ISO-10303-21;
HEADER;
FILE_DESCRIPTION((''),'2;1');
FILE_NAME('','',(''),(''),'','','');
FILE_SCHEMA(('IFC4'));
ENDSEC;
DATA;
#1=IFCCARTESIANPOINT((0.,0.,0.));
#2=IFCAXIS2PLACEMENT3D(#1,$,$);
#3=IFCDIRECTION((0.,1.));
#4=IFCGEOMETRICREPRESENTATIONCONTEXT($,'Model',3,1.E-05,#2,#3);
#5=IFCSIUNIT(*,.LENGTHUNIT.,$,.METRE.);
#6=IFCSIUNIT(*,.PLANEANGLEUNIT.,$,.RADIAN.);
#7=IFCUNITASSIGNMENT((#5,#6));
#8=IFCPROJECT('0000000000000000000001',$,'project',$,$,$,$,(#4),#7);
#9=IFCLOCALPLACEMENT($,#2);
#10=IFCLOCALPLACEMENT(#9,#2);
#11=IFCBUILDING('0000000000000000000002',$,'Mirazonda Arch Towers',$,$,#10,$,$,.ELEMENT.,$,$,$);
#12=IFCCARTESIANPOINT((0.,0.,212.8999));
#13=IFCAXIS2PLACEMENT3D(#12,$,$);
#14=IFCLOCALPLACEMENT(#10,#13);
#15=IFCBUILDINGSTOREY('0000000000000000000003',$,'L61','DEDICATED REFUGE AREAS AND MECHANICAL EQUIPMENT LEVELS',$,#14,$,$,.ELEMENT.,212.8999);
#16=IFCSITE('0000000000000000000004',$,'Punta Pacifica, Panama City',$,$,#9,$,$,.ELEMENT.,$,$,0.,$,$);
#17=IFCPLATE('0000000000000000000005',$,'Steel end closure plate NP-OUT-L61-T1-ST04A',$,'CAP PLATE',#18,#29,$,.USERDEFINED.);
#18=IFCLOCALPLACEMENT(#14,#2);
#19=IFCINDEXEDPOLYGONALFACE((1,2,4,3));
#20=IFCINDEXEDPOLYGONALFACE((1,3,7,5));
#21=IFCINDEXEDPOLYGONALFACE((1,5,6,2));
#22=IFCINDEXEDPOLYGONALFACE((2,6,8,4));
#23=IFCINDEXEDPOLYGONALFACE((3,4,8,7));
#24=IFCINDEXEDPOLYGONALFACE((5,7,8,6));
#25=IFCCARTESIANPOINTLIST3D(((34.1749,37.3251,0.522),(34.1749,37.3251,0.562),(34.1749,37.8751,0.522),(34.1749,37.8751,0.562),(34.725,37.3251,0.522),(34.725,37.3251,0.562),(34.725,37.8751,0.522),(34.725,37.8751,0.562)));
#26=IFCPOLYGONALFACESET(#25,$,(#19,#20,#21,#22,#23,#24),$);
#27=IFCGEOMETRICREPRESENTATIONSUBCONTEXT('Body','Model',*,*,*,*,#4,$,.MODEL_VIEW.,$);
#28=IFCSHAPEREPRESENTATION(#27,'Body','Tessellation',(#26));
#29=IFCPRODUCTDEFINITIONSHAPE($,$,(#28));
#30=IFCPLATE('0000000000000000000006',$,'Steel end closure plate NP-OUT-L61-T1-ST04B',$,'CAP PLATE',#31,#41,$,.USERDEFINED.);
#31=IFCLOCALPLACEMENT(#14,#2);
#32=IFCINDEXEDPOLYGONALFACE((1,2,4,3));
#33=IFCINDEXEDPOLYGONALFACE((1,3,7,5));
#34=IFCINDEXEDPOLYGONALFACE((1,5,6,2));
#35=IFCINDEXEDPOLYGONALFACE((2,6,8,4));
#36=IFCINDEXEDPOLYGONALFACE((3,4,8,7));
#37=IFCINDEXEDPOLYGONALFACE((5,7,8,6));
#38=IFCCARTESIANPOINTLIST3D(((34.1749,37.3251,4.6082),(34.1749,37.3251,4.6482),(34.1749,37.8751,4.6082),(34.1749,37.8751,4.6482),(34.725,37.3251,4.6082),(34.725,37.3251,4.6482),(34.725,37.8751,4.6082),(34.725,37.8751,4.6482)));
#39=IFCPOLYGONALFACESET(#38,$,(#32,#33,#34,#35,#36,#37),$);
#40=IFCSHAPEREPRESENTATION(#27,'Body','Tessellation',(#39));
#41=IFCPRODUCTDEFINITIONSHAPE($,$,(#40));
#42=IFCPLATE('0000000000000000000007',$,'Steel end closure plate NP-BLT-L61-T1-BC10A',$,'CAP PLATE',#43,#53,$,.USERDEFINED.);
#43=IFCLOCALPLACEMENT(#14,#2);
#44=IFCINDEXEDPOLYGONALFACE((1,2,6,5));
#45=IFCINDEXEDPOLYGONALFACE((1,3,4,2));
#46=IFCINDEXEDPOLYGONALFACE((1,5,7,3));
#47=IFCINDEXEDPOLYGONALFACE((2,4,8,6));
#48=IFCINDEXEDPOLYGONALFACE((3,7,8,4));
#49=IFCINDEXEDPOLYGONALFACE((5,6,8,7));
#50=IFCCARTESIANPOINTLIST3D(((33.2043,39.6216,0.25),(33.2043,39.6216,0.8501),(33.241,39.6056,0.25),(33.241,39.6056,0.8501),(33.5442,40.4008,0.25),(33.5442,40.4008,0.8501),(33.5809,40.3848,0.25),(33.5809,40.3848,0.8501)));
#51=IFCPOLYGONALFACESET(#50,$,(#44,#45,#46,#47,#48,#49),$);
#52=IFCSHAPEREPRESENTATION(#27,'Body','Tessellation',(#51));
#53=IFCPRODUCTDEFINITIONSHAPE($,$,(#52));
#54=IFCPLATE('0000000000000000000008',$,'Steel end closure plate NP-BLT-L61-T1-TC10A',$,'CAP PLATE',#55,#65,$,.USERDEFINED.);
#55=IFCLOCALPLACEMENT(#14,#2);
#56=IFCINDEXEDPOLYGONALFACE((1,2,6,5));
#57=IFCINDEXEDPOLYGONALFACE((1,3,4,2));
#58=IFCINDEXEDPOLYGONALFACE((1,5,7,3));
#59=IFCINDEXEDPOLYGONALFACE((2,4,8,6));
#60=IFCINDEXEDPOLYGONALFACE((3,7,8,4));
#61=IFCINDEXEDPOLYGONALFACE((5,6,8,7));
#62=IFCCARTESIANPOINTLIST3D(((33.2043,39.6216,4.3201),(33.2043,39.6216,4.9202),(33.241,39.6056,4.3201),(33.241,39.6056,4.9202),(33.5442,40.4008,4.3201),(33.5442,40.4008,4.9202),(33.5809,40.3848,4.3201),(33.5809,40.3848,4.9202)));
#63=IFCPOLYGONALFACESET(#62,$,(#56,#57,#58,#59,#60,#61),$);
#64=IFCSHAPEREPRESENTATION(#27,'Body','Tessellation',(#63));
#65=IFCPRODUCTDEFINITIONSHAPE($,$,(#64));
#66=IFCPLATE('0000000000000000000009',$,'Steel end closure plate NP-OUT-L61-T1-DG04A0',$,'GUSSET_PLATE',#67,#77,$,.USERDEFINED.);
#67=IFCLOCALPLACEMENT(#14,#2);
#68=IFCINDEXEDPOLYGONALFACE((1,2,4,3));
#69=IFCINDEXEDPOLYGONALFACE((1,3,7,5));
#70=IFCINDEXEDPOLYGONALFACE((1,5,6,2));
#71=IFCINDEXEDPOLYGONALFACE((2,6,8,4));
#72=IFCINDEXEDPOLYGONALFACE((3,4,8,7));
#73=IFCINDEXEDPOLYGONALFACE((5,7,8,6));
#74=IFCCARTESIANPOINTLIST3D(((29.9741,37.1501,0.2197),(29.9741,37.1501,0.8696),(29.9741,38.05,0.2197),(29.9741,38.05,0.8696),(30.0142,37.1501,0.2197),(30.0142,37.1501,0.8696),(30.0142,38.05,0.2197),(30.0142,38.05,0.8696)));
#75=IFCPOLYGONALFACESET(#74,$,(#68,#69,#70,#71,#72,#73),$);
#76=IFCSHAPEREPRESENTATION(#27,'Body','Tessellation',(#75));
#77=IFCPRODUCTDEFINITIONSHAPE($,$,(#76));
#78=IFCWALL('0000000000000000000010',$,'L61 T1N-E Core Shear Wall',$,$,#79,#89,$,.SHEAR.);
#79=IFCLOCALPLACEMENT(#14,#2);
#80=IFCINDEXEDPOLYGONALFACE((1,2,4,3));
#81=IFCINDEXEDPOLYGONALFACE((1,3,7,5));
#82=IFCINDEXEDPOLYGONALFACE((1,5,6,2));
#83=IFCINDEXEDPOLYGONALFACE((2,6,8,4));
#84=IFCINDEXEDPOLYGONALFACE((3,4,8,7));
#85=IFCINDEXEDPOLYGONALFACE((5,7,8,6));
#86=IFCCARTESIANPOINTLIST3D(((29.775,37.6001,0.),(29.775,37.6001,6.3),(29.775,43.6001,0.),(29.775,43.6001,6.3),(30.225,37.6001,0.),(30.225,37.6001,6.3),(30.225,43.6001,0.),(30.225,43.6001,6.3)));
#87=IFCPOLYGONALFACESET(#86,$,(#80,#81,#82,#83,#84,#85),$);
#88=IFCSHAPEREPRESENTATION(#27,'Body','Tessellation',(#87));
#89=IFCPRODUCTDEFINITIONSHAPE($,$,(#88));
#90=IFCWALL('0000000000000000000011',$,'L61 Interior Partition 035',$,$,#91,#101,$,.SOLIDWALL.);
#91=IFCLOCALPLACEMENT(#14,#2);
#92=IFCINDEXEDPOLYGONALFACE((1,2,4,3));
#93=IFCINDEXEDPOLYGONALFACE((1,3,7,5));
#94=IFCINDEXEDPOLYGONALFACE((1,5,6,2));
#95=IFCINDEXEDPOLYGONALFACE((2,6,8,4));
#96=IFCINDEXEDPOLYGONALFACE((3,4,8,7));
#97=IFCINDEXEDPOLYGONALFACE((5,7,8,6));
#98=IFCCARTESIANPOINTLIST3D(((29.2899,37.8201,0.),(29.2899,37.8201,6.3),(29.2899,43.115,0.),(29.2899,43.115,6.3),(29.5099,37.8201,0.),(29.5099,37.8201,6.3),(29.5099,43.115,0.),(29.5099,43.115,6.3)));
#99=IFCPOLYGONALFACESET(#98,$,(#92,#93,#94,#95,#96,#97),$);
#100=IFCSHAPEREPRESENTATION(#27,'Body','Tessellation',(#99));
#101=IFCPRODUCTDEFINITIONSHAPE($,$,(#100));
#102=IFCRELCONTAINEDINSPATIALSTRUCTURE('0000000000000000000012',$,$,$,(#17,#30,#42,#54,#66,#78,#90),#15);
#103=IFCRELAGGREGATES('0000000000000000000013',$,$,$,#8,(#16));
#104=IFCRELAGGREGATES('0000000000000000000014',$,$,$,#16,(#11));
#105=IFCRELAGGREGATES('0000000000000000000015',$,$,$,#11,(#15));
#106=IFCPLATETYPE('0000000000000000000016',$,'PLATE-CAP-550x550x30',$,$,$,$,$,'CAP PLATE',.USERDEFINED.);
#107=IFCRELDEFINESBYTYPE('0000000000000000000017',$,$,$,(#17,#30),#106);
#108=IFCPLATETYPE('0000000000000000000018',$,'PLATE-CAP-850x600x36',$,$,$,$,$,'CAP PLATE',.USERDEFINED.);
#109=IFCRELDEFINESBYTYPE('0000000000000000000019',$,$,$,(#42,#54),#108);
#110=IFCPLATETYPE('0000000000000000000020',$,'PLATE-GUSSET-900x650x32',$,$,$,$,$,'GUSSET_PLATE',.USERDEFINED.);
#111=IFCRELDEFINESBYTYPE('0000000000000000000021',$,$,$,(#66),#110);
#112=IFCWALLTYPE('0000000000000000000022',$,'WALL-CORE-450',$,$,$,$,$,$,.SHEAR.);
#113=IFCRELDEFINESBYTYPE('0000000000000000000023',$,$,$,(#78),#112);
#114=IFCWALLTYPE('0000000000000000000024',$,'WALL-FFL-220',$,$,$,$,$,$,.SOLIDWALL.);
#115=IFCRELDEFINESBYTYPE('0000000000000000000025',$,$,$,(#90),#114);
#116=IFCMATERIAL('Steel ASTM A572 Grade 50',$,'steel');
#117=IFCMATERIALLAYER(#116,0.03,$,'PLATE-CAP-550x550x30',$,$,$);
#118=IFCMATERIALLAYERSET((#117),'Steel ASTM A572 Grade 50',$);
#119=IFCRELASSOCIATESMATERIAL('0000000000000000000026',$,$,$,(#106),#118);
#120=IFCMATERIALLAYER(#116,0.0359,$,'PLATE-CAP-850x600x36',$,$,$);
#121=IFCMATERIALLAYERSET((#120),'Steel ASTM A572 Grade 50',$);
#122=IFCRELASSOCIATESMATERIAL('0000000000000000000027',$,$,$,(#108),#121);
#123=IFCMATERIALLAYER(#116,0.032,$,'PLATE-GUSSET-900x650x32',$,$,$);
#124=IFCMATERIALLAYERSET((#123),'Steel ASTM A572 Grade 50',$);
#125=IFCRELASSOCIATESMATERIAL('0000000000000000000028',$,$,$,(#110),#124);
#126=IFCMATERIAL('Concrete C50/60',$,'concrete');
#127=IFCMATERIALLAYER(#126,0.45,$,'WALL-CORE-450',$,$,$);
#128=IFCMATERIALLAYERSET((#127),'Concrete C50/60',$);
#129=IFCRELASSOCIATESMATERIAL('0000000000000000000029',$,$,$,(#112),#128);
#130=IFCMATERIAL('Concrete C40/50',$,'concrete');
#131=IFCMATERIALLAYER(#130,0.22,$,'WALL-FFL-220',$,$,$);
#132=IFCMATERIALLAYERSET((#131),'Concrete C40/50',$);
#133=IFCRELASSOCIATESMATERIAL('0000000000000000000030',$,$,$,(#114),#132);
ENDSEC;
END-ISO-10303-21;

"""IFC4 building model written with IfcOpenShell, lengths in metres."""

from ifc_helpers import new_model, si_unit, direction, frame, frame_2d, origin, origin_2d, place, context, subcontext, project, spatial, rectangle, extrude, material, layer, layer_set, type_object, element, save


model = new_model("IFC4")

# Units and contexts
model_context = context("Model", 3, precision=1e-05, world=origin(), true_north=direction((0.0, 1.0)))
body_context = subcontext(model_context, "Body", "Model", "MODEL_VIEW")
ifc_project = project(units=[si_unit("LENGTHUNIT", "METRE"), si_unit("PLANEANGLEUNIT", "RADIAN")], contexts=[model_context])

# Site, building, storey
site_placement = place(None, origin())
site = spatial("IfcSite", under=ifc_project, at=site_placement, Name="Punta Pacifica, Panama City", CompositionType="ELEMENT", RefElevation=0.0)
building_placement = place(site_placement, origin())
building = spatial("IfcBuilding", under=site, at=building_placement, Name="Mirazonda Arch Towers", CompositionType="ELEMENT")
storey_placement = place(building_placement, frame((0.0, 0.0, 212.8999)))
storey = spatial("IfcBuildingStorey", under=building, at=storey_placement, Name="L61", Description="DEDICATED REFUGE AREAS AND MECHANICAL EQUIPMENT LEVELS", CompositionType="ELEMENT", Elevation=212.8999)

# Shared definitions
ifc_material_1 = material(Name="Concrete C50/60", Category="concrete")

# Shared definitions
ifc_material_2 = material(Name="Steel ASTM A572 Grade 50", Category="steel")

# Plates
ifc_layer_1 = layer(ifc_material_2, 0.03, Name="PLATE-CAP-550x550x30")
ifc_layer_set_1 = layer_set([ifc_layer_1], Name="Steel ASTM A572 Grade 50")
plate_type_1 = type_object("IfcPlateType", Name="PLATE-CAP-550x550x30", ElementType="CAP PLATE", PredefinedType="USERDEFINED", material=ifc_layer_set_1)
for number, where, z_axis, x_axis, name in (
    (1, (34.45, 37.6001, 0.522), (0.0, 0.0, 1.0), (1.0, 0.0, 0.0), "Steel end closure plate NP-OUT-L61-T1-ST04A"),
    (2, (34.45, 37.6001, 4.6082), (0.0, 0.0, 1.0), (1.0, 0.0, 0.0), "Steel end closure plate NP-OUT-L61-T1-ST04B"),
):
    element("IfcPlate", number, at=place(storey_placement, frame(where, z_axis=z_axis, x_axis=x_axis)), inside=storey, type_object=plate_type_1, Name=name, ObjectType="CAP PLATE", PredefinedType="USERDEFINED", context=body_context, shape_type="SweptSolid", body=[
        extrude(rectangle(XDim=0.55, YDim=0.55, at=origin_2d()), origin(), (0.0, 0.0, 1.0), 0.04),
    ])
ifc_layer_2 = layer(ifc_material_2, 0.0359, Name="PLATE-CAP-850x600x36")
ifc_layer_set_2 = layer_set([ifc_layer_2], Name="Steel ASTM A572 Grade 50")
plate_type_2 = type_object("IfcPlateType", Name="PLATE-CAP-850x600x36", ElementType="CAP PLATE", PredefinedType="USERDEFINED", material=ifc_layer_set_2)
for number, where, z_axis, x_axis, name in (
    (3, (33.3926, 40.0032, 0.25), (0.0, 0.0, 1.0), (-0.916572, 0.399869, 0.0), "Steel end closure plate NP-BLT-L61-T1-BC10A"),
    (4, (33.3926, 40.0032, 4.3201), (0.0, 0.0, 1.0), (-0.916572, 0.399869, 0.0), "Steel end closure plate NP-BLT-L61-T1-TC10A"),
):
    element("IfcPlate", number, at=place(storey_placement, frame(where, z_axis=z_axis, x_axis=x_axis)), inside=storey, type_object=plate_type_2, Name=name, ObjectType="CAP PLATE", PredefinedType="USERDEFINED", context=body_context, shape_type="SweptSolid", body=[
        extrude(rectangle(XDim=0.04, YDim=0.8501, at=origin_2d()), origin(), (0.0, 0.0, 1.0), 0.6001),
    ])
ifc_layer_3 = layer(ifc_material_2, 0.032, Name="PLATE-GUSSET-900x650x32")
ifc_layer_set_3 = layer_set([ifc_layer_3], Name="Steel ASTM A572 Grade 50")
plate_type_3 = type_object("IfcPlateType", Name="PLATE-GUSSET-900x650x32", ElementType="GUSSET_PLATE", PredefinedType="USERDEFINED", material=ifc_layer_set_3)
plate_placement = place(storey_placement, frame((29.9941, 37.6001, 0.2197), z_axis=(0.0, 0.0, 1.0), x_axis=(-1.0, 0.0, 0.0)))
element("IfcPlate", 5, at=plate_placement, inside=storey, type_object=plate_type_3, Name="Steel end closure plate NP-OUT-L61-T1-DG04A0", ObjectType="GUSSET_PLATE", PredefinedType="USERDEFINED", context=body_context, shape_type="SweptSolid", body=[
    extrude(rectangle(XDim=0.04, YDim=0.8999, at=origin_2d()), origin(), (0.0, 0.0, 1.0), 0.6499),
])

# Walls
ifc_layer_4 = layer(ifc_material_1, 0.45, Name="WALL-CORE-450")
ifc_layer_set_4 = layer_set([ifc_layer_4], Name="Concrete C50/60")
wall_type_1 = type_object("IfcWallType", Name="WALL-CORE-450", PredefinedType="SHEAR", material=ifc_layer_set_4)
wall_1_placement = place(storey_placement, frame((30.0, 37.6001, 0.0), z_axis=(0.0, 0.0, 1.0), x_axis=(0.0, 1.0, 0.0)))
element("IfcWall", 6, at=wall_1_placement, inside=storey, type_object=wall_type_1, Name="L61 T1N-E Core Shear Wall", PredefinedType="SHEAR", context=body_context, shape_type="SweptSolid", body=[
    extrude(rectangle(XDim=6.0, YDim=0.45, at=frame_2d((3.0, 0.0))), origin(), (0.0, 0.0, 1.0), 6.3),
])
ifc_material_3 = material(Name="Concrete C40/50", Category="concrete")
ifc_layer_5 = layer(ifc_material_3, 0.22, Name="WALL-FFL-220")
ifc_layer_set_5 = layer_set([ifc_layer_5], Name="Concrete C40/50")
wall_type_2 = type_object("IfcWallType", Name="WALL-FFL-220", PredefinedType="SOLIDWALL", material=ifc_layer_set_5)
wall_2_placement = place(storey_placement, frame((29.3999, 37.8201, 0.0), z_axis=(0.0, 0.0, 1.0), x_axis=(0.0, 1.0, 0.0)))
element("IfcWall", 7, at=wall_2_placement, inside=storey, type_object=wall_type_2, Name="L61 Interior Partition 035", PredefinedType="SOLIDWALL", context=body_context, shape_type="SweptSolid", body=[
    extrude(rectangle(XDim=5.2949, YDim=0.22, at=frame_2d((2.6475, 0.0))), origin(), (0.0, 0.0, 1.0), 6.3),
])

save(model, "model.ifc")
